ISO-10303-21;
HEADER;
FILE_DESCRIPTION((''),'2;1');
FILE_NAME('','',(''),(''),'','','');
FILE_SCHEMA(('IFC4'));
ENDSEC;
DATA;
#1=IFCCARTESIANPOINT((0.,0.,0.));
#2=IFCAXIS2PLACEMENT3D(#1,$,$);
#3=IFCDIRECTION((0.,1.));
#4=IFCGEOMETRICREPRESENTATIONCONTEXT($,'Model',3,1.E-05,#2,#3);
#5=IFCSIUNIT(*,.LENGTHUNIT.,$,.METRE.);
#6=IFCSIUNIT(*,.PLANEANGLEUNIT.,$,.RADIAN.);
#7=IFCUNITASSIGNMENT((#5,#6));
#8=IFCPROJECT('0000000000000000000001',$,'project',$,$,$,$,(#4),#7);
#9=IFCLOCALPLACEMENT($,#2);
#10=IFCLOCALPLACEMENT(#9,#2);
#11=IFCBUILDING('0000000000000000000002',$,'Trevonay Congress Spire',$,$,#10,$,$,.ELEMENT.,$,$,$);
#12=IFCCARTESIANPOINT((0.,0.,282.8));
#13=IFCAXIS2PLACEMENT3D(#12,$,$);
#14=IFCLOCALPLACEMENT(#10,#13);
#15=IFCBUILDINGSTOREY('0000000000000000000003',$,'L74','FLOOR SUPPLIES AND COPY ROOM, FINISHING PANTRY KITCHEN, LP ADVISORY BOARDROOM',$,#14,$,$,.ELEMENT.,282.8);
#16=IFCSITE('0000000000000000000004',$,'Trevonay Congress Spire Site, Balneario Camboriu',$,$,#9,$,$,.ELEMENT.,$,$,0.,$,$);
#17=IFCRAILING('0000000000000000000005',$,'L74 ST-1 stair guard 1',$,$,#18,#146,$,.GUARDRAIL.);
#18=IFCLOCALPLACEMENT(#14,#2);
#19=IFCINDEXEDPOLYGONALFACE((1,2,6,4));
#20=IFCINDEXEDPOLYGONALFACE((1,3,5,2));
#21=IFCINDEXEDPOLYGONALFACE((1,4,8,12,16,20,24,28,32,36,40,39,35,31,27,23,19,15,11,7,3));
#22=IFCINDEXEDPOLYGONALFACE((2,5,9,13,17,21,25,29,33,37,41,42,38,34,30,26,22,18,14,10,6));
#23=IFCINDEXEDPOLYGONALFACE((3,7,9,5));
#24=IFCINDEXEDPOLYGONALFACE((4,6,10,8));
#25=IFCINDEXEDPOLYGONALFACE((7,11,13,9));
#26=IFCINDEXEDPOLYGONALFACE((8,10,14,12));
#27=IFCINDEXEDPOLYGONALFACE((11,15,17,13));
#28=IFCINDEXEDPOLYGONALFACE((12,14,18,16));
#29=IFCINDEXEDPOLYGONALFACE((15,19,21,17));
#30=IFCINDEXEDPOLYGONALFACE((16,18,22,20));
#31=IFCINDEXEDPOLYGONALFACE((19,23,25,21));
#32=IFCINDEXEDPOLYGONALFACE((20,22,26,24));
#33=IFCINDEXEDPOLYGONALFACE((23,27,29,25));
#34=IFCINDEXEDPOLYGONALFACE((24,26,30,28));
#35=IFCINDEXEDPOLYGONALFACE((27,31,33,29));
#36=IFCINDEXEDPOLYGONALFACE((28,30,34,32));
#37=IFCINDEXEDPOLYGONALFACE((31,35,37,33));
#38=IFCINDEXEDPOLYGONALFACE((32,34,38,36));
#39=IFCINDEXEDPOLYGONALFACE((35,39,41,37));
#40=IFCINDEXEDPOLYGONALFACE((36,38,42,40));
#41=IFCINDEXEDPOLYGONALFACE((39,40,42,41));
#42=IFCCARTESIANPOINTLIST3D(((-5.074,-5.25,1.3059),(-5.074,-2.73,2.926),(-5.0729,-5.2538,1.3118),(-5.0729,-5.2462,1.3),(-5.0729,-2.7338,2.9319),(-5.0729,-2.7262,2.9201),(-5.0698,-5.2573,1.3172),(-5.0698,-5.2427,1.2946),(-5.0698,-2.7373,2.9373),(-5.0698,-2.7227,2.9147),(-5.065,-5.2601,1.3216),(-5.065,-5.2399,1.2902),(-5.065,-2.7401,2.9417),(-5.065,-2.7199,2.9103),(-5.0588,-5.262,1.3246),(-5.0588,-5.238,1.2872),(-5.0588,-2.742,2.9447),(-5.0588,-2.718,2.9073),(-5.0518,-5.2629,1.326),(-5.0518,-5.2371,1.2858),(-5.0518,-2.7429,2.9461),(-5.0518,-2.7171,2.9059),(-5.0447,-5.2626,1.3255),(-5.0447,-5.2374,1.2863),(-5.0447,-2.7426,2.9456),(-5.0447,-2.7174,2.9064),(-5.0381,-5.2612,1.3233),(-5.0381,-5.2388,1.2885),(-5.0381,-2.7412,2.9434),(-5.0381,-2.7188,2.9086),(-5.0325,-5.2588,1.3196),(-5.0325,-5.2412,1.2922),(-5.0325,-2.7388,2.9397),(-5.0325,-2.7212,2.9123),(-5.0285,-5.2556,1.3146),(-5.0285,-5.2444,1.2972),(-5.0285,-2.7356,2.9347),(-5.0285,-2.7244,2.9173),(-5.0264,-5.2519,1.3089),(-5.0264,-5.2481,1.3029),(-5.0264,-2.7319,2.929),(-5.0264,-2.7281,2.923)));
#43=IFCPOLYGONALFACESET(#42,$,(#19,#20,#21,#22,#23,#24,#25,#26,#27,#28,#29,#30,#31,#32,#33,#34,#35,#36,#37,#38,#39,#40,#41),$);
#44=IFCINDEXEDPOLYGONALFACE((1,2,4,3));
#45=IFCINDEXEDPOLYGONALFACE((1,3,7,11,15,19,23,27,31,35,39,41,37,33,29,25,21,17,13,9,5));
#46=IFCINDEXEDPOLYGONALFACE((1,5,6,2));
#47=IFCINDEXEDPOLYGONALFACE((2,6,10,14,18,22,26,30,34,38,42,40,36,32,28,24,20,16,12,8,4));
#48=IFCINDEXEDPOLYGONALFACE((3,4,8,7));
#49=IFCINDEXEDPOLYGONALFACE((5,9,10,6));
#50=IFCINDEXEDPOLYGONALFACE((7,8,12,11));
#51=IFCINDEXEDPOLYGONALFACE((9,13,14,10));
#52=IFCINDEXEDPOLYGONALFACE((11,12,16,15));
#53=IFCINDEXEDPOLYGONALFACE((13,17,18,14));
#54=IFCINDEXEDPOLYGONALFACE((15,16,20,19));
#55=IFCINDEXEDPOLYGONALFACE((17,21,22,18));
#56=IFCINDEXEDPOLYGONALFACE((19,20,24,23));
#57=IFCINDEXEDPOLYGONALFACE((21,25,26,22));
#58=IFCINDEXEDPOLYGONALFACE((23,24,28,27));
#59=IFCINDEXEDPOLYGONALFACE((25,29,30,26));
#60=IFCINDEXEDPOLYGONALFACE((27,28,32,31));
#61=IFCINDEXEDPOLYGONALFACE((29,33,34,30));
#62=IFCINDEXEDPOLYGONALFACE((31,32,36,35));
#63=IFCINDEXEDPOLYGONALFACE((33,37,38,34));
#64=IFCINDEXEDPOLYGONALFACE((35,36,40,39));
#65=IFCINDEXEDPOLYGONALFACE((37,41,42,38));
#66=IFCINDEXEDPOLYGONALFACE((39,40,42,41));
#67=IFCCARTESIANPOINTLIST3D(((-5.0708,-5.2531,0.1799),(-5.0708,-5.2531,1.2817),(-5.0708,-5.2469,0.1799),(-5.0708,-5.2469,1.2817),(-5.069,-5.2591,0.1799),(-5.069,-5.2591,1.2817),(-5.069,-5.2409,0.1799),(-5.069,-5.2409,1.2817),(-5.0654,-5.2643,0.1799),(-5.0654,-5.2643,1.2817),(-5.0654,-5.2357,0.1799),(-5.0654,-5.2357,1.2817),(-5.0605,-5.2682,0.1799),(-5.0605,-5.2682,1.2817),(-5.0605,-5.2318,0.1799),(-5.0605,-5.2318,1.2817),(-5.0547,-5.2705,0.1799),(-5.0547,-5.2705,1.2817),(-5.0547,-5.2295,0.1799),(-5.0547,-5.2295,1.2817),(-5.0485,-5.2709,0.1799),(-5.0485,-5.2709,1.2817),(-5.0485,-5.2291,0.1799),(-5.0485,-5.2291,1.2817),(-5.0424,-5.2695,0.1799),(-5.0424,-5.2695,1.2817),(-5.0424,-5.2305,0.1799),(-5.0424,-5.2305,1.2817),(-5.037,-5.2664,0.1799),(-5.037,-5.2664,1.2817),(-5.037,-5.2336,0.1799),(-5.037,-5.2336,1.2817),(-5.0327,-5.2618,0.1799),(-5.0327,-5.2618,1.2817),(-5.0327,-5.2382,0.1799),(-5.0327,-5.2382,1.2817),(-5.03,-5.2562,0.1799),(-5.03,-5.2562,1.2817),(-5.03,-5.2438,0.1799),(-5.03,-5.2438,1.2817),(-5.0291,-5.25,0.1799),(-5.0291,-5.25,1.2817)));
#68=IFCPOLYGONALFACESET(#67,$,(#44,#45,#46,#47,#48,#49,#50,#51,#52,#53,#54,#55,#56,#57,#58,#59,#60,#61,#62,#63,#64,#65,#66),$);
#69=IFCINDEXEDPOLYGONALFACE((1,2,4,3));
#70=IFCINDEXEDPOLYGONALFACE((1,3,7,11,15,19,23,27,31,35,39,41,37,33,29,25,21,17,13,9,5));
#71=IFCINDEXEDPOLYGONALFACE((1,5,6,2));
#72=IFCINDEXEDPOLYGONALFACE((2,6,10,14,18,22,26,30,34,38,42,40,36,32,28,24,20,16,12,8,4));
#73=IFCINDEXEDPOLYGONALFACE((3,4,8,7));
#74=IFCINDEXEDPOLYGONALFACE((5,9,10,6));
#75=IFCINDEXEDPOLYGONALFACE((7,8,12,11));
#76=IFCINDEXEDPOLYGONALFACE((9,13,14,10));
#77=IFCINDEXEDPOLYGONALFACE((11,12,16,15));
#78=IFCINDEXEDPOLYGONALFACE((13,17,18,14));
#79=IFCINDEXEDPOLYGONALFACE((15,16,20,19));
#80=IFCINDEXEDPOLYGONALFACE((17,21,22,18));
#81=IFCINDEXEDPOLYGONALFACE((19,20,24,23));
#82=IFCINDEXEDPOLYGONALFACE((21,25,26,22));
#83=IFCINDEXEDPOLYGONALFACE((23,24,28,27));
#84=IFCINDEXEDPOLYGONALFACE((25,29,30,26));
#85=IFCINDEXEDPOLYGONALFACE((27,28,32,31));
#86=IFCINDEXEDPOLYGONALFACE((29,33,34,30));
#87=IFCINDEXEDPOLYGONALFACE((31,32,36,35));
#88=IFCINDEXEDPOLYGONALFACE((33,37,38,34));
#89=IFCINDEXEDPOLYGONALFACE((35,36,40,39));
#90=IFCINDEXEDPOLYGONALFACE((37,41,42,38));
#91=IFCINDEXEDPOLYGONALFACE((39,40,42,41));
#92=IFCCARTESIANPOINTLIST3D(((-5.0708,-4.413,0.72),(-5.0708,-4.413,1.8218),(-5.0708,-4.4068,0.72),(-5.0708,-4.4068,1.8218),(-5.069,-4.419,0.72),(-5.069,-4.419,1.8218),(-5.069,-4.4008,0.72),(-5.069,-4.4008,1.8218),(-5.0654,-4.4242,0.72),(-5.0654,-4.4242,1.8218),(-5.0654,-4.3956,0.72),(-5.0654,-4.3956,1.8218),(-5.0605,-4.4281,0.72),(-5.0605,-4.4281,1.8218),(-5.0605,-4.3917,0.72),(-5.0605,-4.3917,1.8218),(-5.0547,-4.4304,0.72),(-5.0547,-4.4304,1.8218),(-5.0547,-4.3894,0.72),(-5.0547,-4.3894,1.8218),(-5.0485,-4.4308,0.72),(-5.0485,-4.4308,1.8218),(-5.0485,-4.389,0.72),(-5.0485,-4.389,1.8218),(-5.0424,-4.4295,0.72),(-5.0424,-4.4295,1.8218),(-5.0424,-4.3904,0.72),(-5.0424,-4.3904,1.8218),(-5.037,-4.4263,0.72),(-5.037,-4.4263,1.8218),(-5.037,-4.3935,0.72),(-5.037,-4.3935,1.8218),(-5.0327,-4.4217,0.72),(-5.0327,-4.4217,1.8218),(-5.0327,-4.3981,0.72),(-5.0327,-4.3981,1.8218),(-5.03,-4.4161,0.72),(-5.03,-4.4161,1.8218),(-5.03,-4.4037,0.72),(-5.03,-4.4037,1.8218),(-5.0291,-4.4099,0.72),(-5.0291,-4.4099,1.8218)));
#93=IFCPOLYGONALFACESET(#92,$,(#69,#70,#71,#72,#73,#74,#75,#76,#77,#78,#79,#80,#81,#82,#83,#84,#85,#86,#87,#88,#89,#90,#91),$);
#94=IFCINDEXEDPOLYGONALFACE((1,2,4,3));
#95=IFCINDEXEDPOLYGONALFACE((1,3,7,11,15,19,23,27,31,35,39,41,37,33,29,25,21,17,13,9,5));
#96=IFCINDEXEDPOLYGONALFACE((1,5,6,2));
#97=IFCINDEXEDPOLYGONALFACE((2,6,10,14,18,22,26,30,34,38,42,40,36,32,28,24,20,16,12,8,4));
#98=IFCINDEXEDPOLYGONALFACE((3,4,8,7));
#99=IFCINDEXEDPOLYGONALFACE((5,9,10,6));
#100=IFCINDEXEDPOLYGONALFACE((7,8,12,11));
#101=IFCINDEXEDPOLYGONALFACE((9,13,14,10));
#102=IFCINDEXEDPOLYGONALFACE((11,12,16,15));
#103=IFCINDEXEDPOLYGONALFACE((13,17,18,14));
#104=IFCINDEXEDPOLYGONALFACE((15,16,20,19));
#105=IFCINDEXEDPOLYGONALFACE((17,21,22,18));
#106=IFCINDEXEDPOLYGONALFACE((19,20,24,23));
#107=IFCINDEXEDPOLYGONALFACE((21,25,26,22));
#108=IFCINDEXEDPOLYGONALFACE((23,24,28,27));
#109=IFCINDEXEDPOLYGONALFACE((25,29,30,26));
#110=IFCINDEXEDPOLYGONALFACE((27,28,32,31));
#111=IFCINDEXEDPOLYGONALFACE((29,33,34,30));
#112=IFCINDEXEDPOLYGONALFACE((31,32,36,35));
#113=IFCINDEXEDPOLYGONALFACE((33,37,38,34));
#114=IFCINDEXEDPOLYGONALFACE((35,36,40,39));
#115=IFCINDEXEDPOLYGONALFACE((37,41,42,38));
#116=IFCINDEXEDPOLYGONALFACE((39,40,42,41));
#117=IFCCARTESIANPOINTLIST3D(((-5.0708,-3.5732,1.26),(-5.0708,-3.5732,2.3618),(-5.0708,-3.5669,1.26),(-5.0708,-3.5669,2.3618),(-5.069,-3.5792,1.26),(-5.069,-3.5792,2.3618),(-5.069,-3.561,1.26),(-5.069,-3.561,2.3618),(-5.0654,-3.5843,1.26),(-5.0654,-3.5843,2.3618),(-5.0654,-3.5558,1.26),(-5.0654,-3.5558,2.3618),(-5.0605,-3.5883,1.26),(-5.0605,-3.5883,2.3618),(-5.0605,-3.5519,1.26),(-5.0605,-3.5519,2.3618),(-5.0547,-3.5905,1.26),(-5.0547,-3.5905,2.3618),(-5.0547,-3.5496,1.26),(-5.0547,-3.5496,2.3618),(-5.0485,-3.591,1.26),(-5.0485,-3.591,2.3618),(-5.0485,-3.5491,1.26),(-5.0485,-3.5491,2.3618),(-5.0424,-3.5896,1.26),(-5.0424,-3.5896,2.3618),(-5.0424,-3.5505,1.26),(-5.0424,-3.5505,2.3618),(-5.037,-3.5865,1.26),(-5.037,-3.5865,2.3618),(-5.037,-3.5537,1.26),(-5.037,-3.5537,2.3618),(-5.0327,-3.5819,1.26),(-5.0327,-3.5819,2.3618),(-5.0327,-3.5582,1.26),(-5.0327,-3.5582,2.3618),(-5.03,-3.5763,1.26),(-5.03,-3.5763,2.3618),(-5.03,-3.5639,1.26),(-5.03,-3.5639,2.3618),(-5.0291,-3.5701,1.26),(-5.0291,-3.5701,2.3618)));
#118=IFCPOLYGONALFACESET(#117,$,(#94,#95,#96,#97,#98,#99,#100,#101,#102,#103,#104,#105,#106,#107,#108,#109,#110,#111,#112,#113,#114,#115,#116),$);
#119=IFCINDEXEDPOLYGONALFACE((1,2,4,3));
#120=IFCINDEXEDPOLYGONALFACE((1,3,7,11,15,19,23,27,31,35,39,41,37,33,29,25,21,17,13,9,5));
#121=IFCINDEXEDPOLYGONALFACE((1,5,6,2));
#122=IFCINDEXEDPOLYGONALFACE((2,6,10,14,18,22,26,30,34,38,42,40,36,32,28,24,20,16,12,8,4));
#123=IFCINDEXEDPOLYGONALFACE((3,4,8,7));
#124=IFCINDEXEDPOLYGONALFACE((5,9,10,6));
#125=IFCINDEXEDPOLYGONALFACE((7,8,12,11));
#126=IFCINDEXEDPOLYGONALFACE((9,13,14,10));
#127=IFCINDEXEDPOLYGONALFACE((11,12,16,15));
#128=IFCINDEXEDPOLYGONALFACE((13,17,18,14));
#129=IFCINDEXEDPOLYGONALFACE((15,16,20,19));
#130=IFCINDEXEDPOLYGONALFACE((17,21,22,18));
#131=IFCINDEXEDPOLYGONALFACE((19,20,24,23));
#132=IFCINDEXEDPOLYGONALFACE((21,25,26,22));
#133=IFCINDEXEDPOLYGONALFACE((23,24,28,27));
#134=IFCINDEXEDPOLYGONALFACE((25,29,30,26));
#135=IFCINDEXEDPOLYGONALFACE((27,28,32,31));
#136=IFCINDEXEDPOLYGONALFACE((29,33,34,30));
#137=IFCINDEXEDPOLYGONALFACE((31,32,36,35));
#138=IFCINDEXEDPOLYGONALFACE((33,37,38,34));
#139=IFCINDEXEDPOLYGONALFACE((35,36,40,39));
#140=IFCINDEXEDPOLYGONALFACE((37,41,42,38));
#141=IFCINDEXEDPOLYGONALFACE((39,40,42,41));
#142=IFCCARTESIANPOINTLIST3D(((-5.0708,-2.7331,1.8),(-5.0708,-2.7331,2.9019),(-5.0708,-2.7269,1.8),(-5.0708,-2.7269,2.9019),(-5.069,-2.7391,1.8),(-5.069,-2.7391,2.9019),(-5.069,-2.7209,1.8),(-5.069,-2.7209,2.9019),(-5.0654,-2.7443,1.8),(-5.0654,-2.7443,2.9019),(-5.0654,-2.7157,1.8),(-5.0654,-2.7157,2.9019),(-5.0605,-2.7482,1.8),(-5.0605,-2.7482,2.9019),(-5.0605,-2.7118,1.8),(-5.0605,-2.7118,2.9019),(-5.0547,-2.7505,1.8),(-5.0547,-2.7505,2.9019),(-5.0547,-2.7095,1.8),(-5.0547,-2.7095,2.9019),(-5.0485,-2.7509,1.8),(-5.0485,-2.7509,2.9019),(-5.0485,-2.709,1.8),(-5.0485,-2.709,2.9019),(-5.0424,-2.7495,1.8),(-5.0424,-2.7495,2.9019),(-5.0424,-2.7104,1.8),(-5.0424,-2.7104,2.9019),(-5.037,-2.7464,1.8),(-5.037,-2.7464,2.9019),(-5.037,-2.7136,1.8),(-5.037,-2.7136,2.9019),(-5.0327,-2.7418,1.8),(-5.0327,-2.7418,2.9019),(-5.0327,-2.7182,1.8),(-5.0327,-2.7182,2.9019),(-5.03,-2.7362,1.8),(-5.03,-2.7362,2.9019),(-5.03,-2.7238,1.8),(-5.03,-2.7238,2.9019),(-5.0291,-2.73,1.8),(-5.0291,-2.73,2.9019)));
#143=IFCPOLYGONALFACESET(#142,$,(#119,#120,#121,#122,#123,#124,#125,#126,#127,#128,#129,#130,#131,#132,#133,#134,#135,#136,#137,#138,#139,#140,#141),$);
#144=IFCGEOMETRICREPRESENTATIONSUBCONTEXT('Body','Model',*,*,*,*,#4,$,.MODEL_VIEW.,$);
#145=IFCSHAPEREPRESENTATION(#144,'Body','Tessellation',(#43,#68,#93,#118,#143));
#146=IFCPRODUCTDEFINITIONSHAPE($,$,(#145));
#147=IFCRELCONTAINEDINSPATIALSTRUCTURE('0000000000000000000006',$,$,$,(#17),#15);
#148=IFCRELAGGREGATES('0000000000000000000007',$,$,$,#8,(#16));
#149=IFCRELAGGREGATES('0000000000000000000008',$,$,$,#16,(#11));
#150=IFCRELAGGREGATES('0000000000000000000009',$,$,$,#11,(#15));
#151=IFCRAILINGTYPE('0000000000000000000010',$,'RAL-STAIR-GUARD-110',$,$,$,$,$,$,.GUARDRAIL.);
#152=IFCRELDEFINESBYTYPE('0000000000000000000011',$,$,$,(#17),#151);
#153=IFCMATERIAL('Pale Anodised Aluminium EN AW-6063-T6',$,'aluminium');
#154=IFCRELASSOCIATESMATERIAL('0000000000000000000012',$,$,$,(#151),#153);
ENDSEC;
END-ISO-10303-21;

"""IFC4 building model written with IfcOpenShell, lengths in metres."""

from ifc_helpers import new_model, si_unit, direction, frame, origin, origin_2d, place, context, subcontext, project, spatial, circle, extrude, material, type_object, element, save


model = new_model("IFC4")

# Units and contexts
model_context = context("Model", 3, precision=1e-05, world=origin(), true_north=direction((0.0, 1.0)))
body_context = subcontext(model_context, "Body", "Model", "MODEL_VIEW")
ifc_project = project(units=[si_unit("LENGTHUNIT", "METRE"), si_unit("PLANEANGLEUNIT", "RADIAN")], contexts=[model_context])

# Site, building, storey
site_placement = place(None, origin())
site = spatial("IfcSite", under=ifc_project, at=site_placement, Name="Trevonay Congress Spire Site, Balneario Camboriu", CompositionType="ELEMENT", RefElevation=0.0)
building_placement = place(site_placement, origin())
building = spatial("IfcBuilding", under=site, at=building_placement, Name="Trevonay Congress Spire", CompositionType="ELEMENT")
storey_placement = place(building_placement, frame((0.0, 0.0, 282.8)))
storey = spatial("IfcBuildingStorey", under=building, at=storey_placement, Name="L74", Description="FLOOR SUPPLIES AND COPY ROOM, FINISHING PANTRY KITCHEN, LP ADVISORY BOARDROOM", CompositionType="ELEMENT", Elevation=282.8)

# Shared definitions
ifc_material_1 = material(Name="Pale Anodised Aluminium EN AW-6063-T6", Category="aluminium")

# Railing
railing_type_1 = type_object("IfcRailingType", Name="RAL-STAIR-GUARD-110", PredefinedType="GUARDRAIL", material=ifc_material_1)
railing_1_placement = place(storey_placement, frame((-5.05, -5.25, 0.1799)))
element("IfcRailing", 1, at=railing_1_placement, inside=storey, type_object=railing_type_1, Name="L74 ST-1 stair guard 1", PredefinedType="GUARDRAIL", context=body_context, shape_type="SweptSolid", body=[
    extrude(circle(Radius=0.0239, at=origin_2d()), frame((0.0, 0.0, 1.126), z_axis=(0.0, 0.841163, 0.540782), x_axis=(-1.0, 0.0, 0.0)), (0.0, 0.0, 1.0), 2.9958),
    extrude(circle(Radius=0.021, at=origin_2d()), origin(), (0.0, 0.0, 1.0), 1.1018),
    extrude(circle(Radius=0.021, at=origin_2d()), frame((0.0, 0.8401, 0.54)), (0.0, 0.0, 1.0), 1.1018),
    extrude(circle(Radius=0.021, at=origin_2d()), frame((0.0, 1.6799, 1.0801)), (0.0, 0.0, 1.0), 1.1018),
    extrude(circle(Radius=0.021, at=origin_2d()), frame((0.0, 2.52, 1.6201)), (0.0, 0.0, 1.0), 1.1018),
])

save(model, "model.ifc")
